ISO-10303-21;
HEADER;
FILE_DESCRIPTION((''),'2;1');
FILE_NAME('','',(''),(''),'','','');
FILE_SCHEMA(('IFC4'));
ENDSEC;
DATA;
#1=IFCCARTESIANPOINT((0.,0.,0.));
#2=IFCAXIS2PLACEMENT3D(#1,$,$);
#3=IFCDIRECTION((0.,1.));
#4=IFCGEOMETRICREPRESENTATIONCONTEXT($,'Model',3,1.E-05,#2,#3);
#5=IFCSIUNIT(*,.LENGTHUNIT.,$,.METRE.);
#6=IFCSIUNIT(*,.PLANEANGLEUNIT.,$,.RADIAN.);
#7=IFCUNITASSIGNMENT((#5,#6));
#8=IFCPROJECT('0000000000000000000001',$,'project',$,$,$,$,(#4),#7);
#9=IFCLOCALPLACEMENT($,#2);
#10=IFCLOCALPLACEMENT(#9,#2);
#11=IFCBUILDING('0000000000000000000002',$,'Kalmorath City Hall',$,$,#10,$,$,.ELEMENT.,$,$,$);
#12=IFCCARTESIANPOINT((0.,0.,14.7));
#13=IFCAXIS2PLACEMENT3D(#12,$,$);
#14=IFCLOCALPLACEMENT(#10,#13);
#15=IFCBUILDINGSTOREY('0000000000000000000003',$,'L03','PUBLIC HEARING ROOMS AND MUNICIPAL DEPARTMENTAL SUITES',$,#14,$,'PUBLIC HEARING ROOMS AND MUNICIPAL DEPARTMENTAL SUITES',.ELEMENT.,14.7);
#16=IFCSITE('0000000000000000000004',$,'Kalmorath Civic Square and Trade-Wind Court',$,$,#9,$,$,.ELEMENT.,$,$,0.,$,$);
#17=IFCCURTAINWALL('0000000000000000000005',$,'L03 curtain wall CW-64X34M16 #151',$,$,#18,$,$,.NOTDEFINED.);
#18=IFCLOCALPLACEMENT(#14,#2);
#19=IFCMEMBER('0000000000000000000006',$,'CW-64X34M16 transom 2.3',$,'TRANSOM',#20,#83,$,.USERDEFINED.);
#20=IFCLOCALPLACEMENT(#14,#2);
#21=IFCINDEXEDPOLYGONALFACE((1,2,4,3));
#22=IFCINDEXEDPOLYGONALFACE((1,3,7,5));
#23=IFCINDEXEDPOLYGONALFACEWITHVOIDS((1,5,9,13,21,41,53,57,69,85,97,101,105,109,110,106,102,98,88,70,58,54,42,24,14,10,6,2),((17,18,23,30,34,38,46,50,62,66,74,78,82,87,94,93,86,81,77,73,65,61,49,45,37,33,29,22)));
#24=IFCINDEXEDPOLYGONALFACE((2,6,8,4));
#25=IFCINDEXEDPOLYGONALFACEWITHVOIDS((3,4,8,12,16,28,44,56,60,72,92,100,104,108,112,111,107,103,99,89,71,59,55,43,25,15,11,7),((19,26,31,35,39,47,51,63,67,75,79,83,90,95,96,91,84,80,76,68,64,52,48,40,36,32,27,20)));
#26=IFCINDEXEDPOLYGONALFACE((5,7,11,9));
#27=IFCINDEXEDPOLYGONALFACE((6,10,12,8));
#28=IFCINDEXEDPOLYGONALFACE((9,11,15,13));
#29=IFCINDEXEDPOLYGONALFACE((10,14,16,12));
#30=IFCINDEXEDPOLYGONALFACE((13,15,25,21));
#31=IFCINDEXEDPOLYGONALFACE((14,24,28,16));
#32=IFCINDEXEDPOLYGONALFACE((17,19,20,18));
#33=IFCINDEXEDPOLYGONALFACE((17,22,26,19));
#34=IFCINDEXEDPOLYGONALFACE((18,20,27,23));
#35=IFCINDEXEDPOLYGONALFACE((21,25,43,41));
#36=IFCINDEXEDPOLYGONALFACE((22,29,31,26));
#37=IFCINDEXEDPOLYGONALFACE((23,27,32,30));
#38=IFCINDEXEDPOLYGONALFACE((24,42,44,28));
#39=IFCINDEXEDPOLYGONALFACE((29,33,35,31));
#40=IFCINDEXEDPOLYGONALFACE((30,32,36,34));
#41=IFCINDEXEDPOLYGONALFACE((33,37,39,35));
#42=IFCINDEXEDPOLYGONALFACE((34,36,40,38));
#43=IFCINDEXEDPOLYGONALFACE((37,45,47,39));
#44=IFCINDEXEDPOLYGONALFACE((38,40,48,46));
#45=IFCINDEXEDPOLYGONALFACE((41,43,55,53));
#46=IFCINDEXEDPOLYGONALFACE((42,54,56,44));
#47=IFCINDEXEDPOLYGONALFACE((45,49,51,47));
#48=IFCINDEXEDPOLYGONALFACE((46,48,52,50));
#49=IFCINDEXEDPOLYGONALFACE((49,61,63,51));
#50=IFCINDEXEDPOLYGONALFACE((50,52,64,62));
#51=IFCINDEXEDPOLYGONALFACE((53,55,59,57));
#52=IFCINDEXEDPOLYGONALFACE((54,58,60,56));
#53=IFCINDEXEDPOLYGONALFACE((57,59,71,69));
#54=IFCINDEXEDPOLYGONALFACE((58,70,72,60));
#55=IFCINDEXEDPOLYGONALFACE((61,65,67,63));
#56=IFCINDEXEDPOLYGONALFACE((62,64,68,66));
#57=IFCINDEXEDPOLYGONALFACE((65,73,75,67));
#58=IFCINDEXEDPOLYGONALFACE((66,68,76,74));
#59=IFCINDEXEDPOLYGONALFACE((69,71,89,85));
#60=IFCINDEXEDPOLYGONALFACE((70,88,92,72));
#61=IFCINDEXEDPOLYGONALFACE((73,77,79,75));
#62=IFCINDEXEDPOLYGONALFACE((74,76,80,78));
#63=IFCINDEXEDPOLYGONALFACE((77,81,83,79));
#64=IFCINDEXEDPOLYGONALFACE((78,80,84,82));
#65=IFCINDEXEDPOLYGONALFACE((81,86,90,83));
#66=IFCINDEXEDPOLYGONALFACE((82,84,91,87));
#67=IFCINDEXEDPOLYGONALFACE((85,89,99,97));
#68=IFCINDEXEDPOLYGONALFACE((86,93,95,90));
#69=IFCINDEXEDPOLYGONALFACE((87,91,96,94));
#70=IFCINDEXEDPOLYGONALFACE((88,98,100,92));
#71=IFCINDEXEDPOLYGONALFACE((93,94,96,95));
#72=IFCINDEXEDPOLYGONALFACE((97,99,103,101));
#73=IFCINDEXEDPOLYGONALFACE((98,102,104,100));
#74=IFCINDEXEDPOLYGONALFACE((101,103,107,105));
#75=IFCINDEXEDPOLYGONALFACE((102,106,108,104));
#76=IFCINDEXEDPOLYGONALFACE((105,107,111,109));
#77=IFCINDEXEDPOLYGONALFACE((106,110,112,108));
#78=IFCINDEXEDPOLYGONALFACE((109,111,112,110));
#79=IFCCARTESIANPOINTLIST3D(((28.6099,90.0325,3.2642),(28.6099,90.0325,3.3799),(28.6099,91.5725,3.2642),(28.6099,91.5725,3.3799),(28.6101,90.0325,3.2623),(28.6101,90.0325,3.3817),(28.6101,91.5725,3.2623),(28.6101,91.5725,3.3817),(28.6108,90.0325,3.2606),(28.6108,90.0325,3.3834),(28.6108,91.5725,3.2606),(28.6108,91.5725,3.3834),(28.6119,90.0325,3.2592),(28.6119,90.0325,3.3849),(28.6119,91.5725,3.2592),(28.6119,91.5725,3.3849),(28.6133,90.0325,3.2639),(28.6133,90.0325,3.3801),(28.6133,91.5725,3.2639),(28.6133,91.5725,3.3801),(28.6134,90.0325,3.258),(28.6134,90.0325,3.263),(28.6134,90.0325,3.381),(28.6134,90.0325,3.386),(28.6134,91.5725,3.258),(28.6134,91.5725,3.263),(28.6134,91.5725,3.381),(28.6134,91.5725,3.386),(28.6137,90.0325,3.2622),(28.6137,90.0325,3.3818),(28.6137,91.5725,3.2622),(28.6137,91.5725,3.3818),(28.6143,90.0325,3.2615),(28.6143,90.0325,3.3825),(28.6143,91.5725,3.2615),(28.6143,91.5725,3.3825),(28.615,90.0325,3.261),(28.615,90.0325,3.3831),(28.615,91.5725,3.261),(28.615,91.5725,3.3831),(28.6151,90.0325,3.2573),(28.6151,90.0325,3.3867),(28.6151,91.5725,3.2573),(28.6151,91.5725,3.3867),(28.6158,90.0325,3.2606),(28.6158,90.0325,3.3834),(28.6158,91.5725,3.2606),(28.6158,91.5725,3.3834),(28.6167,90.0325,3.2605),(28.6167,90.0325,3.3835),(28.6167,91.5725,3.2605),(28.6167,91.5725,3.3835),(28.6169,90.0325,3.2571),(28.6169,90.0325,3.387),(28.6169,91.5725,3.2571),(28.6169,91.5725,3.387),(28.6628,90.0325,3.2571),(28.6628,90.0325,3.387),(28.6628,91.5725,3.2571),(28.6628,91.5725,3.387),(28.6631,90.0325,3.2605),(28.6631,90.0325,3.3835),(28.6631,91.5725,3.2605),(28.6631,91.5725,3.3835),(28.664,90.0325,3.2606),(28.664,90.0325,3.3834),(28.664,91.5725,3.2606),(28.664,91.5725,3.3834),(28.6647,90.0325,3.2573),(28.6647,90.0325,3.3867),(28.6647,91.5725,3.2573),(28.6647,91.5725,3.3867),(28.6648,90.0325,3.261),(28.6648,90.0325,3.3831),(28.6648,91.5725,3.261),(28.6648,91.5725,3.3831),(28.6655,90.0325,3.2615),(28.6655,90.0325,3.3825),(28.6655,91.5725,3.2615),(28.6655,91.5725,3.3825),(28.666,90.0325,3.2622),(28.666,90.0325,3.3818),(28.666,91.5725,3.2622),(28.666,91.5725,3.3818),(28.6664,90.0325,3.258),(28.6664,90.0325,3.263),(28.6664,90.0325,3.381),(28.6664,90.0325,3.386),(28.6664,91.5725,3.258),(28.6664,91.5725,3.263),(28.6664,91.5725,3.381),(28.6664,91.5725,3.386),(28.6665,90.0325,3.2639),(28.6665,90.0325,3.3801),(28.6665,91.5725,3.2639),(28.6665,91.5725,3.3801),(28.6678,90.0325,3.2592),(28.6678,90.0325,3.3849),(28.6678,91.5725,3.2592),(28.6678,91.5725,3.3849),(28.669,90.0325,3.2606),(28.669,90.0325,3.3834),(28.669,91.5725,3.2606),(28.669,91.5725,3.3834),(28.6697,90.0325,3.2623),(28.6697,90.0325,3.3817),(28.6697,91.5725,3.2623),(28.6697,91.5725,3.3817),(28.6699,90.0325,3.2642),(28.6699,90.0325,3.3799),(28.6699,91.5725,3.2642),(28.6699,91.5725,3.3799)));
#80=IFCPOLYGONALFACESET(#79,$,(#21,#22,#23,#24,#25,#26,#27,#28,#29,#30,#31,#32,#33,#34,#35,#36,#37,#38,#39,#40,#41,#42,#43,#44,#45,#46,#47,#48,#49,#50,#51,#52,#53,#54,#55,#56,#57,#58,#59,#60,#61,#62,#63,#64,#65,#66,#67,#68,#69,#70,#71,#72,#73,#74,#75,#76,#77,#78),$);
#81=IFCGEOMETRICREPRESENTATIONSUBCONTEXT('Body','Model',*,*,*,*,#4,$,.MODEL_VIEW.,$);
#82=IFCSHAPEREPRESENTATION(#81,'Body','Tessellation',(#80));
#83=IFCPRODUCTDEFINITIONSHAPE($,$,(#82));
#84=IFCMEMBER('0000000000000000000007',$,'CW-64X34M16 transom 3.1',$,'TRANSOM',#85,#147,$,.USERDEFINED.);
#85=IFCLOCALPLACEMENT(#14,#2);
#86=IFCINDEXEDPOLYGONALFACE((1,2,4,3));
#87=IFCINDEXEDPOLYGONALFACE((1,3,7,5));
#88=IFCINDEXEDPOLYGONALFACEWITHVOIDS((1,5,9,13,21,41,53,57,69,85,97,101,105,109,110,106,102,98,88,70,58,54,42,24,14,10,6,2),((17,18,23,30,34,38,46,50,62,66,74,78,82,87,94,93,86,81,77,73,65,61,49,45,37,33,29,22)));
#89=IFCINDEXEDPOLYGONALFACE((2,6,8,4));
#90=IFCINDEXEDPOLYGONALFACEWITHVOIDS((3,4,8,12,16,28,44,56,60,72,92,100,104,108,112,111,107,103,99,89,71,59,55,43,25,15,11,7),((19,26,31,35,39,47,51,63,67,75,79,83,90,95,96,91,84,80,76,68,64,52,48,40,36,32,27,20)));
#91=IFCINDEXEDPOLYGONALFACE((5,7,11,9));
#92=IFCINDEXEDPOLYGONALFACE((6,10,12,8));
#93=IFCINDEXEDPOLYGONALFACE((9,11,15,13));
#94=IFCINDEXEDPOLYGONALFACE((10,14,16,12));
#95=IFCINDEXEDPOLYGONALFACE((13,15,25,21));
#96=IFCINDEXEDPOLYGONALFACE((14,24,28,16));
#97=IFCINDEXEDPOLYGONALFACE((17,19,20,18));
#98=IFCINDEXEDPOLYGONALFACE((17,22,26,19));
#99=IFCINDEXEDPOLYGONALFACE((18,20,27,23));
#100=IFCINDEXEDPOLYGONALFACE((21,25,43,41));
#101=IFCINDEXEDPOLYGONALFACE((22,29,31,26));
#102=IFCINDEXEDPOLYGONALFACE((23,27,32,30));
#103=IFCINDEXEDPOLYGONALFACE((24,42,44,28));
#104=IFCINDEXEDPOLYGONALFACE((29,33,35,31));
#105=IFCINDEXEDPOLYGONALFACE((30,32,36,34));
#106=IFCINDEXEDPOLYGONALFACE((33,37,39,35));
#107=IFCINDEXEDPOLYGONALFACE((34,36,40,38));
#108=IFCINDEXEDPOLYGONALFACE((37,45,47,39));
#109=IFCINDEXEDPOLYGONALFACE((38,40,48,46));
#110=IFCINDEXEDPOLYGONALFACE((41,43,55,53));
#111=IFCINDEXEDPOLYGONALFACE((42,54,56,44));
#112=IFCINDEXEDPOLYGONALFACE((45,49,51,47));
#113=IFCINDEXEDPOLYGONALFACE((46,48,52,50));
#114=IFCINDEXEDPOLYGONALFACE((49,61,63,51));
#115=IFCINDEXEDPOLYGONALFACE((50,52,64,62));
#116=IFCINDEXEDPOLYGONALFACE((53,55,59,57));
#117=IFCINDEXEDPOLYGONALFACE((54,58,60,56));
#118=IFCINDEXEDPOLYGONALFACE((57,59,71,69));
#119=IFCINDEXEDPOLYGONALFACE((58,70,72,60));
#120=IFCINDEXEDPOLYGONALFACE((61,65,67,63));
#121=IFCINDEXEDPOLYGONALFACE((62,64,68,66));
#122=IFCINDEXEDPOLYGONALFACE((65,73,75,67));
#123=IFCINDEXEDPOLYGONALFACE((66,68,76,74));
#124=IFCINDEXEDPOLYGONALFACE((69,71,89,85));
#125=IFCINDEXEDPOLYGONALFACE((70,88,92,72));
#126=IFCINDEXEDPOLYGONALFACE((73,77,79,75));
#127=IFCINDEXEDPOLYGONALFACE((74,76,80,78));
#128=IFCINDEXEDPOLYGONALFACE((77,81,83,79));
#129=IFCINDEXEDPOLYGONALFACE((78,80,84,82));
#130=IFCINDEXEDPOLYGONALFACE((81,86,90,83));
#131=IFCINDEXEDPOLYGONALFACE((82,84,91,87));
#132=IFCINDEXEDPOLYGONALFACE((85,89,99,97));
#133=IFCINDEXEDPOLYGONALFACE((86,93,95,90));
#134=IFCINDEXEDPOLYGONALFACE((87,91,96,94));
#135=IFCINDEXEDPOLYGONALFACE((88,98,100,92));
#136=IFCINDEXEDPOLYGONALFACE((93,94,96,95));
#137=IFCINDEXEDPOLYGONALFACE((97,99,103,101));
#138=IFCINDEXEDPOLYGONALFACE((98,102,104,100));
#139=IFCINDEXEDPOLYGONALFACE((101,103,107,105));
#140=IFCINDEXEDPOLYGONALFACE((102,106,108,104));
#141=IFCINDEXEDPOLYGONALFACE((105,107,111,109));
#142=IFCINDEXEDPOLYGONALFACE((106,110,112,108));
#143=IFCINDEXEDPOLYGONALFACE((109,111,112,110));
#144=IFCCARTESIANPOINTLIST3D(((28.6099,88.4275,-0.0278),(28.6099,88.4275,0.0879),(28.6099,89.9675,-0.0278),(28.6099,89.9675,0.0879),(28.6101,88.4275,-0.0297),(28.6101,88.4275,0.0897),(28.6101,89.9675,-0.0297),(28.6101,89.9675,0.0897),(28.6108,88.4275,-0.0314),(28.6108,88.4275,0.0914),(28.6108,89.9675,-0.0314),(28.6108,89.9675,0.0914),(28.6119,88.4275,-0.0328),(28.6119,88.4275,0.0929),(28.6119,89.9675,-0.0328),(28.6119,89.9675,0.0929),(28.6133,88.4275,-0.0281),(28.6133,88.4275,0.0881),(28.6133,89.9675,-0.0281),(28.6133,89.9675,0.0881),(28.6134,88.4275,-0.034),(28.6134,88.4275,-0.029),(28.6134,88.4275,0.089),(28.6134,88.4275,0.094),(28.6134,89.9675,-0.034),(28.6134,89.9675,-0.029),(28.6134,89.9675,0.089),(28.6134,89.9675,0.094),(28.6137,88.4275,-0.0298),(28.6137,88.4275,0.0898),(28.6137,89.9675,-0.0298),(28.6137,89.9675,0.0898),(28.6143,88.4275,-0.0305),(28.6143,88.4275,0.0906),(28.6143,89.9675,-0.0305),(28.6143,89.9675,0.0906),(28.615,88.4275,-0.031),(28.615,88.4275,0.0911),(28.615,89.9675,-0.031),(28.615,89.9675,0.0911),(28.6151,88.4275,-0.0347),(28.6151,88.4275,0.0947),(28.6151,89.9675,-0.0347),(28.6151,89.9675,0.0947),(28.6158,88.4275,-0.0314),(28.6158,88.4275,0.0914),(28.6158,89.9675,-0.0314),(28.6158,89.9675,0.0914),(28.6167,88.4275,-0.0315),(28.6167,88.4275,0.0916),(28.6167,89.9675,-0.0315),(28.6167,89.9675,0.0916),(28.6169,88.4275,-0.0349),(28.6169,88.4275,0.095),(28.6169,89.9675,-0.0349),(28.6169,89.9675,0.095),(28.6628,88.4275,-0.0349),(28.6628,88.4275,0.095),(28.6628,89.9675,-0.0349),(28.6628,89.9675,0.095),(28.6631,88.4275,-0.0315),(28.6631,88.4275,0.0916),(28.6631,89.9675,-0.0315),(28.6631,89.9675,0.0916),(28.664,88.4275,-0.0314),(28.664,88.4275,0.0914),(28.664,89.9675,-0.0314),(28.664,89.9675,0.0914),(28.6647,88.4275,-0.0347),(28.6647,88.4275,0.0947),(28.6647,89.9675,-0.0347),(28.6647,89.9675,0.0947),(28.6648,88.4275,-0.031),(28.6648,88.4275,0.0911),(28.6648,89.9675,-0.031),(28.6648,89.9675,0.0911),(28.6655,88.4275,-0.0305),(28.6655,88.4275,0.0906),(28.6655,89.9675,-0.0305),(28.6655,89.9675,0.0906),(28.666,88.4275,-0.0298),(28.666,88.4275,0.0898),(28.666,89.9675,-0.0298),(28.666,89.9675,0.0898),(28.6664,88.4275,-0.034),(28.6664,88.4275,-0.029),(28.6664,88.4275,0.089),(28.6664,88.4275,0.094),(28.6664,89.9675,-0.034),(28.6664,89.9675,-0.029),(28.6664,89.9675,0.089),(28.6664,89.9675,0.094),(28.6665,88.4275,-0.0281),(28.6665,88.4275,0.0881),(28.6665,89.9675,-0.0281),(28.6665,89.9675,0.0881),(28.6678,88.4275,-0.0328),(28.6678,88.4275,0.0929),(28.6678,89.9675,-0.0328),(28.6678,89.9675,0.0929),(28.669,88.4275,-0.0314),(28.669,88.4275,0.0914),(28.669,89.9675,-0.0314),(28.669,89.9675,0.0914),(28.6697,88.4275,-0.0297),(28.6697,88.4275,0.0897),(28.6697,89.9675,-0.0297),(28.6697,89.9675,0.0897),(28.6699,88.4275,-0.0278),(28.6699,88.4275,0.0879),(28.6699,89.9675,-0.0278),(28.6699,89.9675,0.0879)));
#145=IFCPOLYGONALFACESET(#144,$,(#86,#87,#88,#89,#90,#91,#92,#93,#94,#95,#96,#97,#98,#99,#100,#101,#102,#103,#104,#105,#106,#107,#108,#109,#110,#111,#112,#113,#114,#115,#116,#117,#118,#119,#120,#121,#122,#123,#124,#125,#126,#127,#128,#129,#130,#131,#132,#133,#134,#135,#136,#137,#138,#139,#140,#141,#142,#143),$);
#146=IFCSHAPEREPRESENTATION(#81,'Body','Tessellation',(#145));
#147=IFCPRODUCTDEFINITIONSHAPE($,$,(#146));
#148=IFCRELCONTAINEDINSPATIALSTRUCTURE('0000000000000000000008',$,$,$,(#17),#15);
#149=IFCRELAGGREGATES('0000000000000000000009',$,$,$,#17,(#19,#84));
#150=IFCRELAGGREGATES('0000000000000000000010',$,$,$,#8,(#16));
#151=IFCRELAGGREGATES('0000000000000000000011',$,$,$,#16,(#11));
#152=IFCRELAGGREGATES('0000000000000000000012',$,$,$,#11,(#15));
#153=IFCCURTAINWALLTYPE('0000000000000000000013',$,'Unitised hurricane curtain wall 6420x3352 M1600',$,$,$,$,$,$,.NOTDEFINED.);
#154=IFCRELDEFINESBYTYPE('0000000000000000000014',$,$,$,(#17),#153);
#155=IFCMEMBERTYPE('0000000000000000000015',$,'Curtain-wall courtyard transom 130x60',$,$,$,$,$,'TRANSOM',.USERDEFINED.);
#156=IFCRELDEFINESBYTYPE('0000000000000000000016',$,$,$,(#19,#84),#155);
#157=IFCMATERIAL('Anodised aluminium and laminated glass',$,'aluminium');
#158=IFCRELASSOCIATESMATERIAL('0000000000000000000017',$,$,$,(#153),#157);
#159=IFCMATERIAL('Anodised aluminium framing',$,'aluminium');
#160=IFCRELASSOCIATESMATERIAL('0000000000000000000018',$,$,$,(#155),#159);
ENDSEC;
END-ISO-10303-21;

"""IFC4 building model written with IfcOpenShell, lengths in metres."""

from ifc_helpers import new_model, si_unit, direction, frame, origin, origin_2d, place, context, subcontext, project, spatial, hollow_rectangle, extrude, material, material_profile, profile_set, type_object, element, aggregate, save


model = new_model("IFC4")

# Units and contexts
model_context = context("Model", 3, precision=1e-05, world=origin(), true_north=direction((0.0, 1.0)))
body_context = subcontext(model_context, "Body", "Model", "MODEL_VIEW")
ifc_project = project(units=[si_unit("LENGTHUNIT", "METRE"), si_unit("PLANEANGLEUNIT", "RADIAN")], contexts=[model_context])

# Site, building, storey
site_placement = place(None, origin())
site = spatial("IfcSite", under=ifc_project, at=site_placement, Name="Kalmorath Civic Square and Trade-Wind Court", CompositionType="ELEMENT", RefElevation=0.0)
building_placement = place(site_placement, origin())
building = spatial("IfcBuilding", under=site, at=building_placement, Name="Kalmorath City Hall", CompositionType="ELEMENT")
storey_placement = place(building_placement, frame((0.0, 0.0, 14.7)))
storey = spatial("IfcBuildingStorey", under=building, at=storey_placement, Name="L03", Description="PUBLIC HEARING ROOMS AND MUNICIPAL DEPARTMENTAL SUITES", LongName="PUBLIC HEARING ROOMS AND MUNICIPAL DEPARTMENTAL SUITES", CompositionType="ELEMENT", Elevation=14.7)

# Curtain wall, members
ifc_material_1 = material(Name="Anodised aluminium and laminated glass", Category="aluminium")
curtain_wall_type = type_object("IfcCurtainWallType", Name="Unitised hurricane curtain wall 6420x3352 M1600", PredefinedType="NOTDEFINED", material=ifc_material_1)
curtain_wall_placement = place(storey_placement, origin())
curtain_wall = element("IfcCurtainWall", 1, at=curtain_wall_placement, inside=storey, type_object=curtain_wall_type, Name="L03 curtain wall CW-64X34M16 #151", PredefinedType="NOTDEFINED")
ifc_material_2 = material(Name="Anodised aluminium framing", Category="aluminium")
ifc_material_profile_1 = material_profile(ifc_material_2, hollow_rectangle(XDim=0.0601, YDim=0.1299, WallThickness=0.0034, InnerFilletRadius=0.0034, OuterFilletRadius=0.0071, at=origin_2d()), Name="ALU-TRN-130X60X3.5")
ifc_profile_set_1 = profile_set([ifc_material_profile_1], Name="Anodised aluminium framing")
member_type_1 = type_object("IfcMemberType", Name="Curtain-wall courtyard transom 130x60", ElementType="TRANSOM", PredefinedType="USERDEFINED", material=ifc_profile_set_1)
member_1_placement = place(storey_placement, frame((28.6399, 91.5725, 3.322), z_axis=(0.0, -1.0, 0.0), x_axis=(1.0, 0.0, 0.0)))
member_1 = element("IfcMember", 2, at=member_1_placement, type_object=member_type_1, Name="CW-64X34M16 transom 2.3", ObjectType="TRANSOM", PredefinedType="USERDEFINED", context=body_context, shape_type="SweptSolid", body=[
    extrude(hollow_rectangle(XDim=0.0601, YDim=0.1299, WallThickness=0.0034, InnerFilletRadius=0.0034, OuterFilletRadius=0.0071, at=origin_2d()), origin(), (0.0, 0.0, 1.0), 1.54),
])
member_2_placement = place(storey_placement, frame((28.6399, 89.9675, 0.03), z_axis=(0.0, -1.0, 0.0), x_axis=(1.0, 0.0, 0.0)))
member_2 = element("IfcMember", 3, at=member_2_placement, type_object=member_type_1, Name="CW-64X34M16 transom 3.1", ObjectType="TRANSOM", PredefinedType="USERDEFINED", context=body_context, shape_type="SweptSolid", body=[
    extrude(hollow_rectangle(XDim=0.0601, YDim=0.1299, WallThickness=0.0034, InnerFilletRadius=0.0034, OuterFilletRadius=0.0071, at=origin_2d()), origin(), (0.0, 0.0, 1.0), 1.54),
])

aggregate(curtain_wall, [member_1, member_2])

save(model, "model.ifc")
